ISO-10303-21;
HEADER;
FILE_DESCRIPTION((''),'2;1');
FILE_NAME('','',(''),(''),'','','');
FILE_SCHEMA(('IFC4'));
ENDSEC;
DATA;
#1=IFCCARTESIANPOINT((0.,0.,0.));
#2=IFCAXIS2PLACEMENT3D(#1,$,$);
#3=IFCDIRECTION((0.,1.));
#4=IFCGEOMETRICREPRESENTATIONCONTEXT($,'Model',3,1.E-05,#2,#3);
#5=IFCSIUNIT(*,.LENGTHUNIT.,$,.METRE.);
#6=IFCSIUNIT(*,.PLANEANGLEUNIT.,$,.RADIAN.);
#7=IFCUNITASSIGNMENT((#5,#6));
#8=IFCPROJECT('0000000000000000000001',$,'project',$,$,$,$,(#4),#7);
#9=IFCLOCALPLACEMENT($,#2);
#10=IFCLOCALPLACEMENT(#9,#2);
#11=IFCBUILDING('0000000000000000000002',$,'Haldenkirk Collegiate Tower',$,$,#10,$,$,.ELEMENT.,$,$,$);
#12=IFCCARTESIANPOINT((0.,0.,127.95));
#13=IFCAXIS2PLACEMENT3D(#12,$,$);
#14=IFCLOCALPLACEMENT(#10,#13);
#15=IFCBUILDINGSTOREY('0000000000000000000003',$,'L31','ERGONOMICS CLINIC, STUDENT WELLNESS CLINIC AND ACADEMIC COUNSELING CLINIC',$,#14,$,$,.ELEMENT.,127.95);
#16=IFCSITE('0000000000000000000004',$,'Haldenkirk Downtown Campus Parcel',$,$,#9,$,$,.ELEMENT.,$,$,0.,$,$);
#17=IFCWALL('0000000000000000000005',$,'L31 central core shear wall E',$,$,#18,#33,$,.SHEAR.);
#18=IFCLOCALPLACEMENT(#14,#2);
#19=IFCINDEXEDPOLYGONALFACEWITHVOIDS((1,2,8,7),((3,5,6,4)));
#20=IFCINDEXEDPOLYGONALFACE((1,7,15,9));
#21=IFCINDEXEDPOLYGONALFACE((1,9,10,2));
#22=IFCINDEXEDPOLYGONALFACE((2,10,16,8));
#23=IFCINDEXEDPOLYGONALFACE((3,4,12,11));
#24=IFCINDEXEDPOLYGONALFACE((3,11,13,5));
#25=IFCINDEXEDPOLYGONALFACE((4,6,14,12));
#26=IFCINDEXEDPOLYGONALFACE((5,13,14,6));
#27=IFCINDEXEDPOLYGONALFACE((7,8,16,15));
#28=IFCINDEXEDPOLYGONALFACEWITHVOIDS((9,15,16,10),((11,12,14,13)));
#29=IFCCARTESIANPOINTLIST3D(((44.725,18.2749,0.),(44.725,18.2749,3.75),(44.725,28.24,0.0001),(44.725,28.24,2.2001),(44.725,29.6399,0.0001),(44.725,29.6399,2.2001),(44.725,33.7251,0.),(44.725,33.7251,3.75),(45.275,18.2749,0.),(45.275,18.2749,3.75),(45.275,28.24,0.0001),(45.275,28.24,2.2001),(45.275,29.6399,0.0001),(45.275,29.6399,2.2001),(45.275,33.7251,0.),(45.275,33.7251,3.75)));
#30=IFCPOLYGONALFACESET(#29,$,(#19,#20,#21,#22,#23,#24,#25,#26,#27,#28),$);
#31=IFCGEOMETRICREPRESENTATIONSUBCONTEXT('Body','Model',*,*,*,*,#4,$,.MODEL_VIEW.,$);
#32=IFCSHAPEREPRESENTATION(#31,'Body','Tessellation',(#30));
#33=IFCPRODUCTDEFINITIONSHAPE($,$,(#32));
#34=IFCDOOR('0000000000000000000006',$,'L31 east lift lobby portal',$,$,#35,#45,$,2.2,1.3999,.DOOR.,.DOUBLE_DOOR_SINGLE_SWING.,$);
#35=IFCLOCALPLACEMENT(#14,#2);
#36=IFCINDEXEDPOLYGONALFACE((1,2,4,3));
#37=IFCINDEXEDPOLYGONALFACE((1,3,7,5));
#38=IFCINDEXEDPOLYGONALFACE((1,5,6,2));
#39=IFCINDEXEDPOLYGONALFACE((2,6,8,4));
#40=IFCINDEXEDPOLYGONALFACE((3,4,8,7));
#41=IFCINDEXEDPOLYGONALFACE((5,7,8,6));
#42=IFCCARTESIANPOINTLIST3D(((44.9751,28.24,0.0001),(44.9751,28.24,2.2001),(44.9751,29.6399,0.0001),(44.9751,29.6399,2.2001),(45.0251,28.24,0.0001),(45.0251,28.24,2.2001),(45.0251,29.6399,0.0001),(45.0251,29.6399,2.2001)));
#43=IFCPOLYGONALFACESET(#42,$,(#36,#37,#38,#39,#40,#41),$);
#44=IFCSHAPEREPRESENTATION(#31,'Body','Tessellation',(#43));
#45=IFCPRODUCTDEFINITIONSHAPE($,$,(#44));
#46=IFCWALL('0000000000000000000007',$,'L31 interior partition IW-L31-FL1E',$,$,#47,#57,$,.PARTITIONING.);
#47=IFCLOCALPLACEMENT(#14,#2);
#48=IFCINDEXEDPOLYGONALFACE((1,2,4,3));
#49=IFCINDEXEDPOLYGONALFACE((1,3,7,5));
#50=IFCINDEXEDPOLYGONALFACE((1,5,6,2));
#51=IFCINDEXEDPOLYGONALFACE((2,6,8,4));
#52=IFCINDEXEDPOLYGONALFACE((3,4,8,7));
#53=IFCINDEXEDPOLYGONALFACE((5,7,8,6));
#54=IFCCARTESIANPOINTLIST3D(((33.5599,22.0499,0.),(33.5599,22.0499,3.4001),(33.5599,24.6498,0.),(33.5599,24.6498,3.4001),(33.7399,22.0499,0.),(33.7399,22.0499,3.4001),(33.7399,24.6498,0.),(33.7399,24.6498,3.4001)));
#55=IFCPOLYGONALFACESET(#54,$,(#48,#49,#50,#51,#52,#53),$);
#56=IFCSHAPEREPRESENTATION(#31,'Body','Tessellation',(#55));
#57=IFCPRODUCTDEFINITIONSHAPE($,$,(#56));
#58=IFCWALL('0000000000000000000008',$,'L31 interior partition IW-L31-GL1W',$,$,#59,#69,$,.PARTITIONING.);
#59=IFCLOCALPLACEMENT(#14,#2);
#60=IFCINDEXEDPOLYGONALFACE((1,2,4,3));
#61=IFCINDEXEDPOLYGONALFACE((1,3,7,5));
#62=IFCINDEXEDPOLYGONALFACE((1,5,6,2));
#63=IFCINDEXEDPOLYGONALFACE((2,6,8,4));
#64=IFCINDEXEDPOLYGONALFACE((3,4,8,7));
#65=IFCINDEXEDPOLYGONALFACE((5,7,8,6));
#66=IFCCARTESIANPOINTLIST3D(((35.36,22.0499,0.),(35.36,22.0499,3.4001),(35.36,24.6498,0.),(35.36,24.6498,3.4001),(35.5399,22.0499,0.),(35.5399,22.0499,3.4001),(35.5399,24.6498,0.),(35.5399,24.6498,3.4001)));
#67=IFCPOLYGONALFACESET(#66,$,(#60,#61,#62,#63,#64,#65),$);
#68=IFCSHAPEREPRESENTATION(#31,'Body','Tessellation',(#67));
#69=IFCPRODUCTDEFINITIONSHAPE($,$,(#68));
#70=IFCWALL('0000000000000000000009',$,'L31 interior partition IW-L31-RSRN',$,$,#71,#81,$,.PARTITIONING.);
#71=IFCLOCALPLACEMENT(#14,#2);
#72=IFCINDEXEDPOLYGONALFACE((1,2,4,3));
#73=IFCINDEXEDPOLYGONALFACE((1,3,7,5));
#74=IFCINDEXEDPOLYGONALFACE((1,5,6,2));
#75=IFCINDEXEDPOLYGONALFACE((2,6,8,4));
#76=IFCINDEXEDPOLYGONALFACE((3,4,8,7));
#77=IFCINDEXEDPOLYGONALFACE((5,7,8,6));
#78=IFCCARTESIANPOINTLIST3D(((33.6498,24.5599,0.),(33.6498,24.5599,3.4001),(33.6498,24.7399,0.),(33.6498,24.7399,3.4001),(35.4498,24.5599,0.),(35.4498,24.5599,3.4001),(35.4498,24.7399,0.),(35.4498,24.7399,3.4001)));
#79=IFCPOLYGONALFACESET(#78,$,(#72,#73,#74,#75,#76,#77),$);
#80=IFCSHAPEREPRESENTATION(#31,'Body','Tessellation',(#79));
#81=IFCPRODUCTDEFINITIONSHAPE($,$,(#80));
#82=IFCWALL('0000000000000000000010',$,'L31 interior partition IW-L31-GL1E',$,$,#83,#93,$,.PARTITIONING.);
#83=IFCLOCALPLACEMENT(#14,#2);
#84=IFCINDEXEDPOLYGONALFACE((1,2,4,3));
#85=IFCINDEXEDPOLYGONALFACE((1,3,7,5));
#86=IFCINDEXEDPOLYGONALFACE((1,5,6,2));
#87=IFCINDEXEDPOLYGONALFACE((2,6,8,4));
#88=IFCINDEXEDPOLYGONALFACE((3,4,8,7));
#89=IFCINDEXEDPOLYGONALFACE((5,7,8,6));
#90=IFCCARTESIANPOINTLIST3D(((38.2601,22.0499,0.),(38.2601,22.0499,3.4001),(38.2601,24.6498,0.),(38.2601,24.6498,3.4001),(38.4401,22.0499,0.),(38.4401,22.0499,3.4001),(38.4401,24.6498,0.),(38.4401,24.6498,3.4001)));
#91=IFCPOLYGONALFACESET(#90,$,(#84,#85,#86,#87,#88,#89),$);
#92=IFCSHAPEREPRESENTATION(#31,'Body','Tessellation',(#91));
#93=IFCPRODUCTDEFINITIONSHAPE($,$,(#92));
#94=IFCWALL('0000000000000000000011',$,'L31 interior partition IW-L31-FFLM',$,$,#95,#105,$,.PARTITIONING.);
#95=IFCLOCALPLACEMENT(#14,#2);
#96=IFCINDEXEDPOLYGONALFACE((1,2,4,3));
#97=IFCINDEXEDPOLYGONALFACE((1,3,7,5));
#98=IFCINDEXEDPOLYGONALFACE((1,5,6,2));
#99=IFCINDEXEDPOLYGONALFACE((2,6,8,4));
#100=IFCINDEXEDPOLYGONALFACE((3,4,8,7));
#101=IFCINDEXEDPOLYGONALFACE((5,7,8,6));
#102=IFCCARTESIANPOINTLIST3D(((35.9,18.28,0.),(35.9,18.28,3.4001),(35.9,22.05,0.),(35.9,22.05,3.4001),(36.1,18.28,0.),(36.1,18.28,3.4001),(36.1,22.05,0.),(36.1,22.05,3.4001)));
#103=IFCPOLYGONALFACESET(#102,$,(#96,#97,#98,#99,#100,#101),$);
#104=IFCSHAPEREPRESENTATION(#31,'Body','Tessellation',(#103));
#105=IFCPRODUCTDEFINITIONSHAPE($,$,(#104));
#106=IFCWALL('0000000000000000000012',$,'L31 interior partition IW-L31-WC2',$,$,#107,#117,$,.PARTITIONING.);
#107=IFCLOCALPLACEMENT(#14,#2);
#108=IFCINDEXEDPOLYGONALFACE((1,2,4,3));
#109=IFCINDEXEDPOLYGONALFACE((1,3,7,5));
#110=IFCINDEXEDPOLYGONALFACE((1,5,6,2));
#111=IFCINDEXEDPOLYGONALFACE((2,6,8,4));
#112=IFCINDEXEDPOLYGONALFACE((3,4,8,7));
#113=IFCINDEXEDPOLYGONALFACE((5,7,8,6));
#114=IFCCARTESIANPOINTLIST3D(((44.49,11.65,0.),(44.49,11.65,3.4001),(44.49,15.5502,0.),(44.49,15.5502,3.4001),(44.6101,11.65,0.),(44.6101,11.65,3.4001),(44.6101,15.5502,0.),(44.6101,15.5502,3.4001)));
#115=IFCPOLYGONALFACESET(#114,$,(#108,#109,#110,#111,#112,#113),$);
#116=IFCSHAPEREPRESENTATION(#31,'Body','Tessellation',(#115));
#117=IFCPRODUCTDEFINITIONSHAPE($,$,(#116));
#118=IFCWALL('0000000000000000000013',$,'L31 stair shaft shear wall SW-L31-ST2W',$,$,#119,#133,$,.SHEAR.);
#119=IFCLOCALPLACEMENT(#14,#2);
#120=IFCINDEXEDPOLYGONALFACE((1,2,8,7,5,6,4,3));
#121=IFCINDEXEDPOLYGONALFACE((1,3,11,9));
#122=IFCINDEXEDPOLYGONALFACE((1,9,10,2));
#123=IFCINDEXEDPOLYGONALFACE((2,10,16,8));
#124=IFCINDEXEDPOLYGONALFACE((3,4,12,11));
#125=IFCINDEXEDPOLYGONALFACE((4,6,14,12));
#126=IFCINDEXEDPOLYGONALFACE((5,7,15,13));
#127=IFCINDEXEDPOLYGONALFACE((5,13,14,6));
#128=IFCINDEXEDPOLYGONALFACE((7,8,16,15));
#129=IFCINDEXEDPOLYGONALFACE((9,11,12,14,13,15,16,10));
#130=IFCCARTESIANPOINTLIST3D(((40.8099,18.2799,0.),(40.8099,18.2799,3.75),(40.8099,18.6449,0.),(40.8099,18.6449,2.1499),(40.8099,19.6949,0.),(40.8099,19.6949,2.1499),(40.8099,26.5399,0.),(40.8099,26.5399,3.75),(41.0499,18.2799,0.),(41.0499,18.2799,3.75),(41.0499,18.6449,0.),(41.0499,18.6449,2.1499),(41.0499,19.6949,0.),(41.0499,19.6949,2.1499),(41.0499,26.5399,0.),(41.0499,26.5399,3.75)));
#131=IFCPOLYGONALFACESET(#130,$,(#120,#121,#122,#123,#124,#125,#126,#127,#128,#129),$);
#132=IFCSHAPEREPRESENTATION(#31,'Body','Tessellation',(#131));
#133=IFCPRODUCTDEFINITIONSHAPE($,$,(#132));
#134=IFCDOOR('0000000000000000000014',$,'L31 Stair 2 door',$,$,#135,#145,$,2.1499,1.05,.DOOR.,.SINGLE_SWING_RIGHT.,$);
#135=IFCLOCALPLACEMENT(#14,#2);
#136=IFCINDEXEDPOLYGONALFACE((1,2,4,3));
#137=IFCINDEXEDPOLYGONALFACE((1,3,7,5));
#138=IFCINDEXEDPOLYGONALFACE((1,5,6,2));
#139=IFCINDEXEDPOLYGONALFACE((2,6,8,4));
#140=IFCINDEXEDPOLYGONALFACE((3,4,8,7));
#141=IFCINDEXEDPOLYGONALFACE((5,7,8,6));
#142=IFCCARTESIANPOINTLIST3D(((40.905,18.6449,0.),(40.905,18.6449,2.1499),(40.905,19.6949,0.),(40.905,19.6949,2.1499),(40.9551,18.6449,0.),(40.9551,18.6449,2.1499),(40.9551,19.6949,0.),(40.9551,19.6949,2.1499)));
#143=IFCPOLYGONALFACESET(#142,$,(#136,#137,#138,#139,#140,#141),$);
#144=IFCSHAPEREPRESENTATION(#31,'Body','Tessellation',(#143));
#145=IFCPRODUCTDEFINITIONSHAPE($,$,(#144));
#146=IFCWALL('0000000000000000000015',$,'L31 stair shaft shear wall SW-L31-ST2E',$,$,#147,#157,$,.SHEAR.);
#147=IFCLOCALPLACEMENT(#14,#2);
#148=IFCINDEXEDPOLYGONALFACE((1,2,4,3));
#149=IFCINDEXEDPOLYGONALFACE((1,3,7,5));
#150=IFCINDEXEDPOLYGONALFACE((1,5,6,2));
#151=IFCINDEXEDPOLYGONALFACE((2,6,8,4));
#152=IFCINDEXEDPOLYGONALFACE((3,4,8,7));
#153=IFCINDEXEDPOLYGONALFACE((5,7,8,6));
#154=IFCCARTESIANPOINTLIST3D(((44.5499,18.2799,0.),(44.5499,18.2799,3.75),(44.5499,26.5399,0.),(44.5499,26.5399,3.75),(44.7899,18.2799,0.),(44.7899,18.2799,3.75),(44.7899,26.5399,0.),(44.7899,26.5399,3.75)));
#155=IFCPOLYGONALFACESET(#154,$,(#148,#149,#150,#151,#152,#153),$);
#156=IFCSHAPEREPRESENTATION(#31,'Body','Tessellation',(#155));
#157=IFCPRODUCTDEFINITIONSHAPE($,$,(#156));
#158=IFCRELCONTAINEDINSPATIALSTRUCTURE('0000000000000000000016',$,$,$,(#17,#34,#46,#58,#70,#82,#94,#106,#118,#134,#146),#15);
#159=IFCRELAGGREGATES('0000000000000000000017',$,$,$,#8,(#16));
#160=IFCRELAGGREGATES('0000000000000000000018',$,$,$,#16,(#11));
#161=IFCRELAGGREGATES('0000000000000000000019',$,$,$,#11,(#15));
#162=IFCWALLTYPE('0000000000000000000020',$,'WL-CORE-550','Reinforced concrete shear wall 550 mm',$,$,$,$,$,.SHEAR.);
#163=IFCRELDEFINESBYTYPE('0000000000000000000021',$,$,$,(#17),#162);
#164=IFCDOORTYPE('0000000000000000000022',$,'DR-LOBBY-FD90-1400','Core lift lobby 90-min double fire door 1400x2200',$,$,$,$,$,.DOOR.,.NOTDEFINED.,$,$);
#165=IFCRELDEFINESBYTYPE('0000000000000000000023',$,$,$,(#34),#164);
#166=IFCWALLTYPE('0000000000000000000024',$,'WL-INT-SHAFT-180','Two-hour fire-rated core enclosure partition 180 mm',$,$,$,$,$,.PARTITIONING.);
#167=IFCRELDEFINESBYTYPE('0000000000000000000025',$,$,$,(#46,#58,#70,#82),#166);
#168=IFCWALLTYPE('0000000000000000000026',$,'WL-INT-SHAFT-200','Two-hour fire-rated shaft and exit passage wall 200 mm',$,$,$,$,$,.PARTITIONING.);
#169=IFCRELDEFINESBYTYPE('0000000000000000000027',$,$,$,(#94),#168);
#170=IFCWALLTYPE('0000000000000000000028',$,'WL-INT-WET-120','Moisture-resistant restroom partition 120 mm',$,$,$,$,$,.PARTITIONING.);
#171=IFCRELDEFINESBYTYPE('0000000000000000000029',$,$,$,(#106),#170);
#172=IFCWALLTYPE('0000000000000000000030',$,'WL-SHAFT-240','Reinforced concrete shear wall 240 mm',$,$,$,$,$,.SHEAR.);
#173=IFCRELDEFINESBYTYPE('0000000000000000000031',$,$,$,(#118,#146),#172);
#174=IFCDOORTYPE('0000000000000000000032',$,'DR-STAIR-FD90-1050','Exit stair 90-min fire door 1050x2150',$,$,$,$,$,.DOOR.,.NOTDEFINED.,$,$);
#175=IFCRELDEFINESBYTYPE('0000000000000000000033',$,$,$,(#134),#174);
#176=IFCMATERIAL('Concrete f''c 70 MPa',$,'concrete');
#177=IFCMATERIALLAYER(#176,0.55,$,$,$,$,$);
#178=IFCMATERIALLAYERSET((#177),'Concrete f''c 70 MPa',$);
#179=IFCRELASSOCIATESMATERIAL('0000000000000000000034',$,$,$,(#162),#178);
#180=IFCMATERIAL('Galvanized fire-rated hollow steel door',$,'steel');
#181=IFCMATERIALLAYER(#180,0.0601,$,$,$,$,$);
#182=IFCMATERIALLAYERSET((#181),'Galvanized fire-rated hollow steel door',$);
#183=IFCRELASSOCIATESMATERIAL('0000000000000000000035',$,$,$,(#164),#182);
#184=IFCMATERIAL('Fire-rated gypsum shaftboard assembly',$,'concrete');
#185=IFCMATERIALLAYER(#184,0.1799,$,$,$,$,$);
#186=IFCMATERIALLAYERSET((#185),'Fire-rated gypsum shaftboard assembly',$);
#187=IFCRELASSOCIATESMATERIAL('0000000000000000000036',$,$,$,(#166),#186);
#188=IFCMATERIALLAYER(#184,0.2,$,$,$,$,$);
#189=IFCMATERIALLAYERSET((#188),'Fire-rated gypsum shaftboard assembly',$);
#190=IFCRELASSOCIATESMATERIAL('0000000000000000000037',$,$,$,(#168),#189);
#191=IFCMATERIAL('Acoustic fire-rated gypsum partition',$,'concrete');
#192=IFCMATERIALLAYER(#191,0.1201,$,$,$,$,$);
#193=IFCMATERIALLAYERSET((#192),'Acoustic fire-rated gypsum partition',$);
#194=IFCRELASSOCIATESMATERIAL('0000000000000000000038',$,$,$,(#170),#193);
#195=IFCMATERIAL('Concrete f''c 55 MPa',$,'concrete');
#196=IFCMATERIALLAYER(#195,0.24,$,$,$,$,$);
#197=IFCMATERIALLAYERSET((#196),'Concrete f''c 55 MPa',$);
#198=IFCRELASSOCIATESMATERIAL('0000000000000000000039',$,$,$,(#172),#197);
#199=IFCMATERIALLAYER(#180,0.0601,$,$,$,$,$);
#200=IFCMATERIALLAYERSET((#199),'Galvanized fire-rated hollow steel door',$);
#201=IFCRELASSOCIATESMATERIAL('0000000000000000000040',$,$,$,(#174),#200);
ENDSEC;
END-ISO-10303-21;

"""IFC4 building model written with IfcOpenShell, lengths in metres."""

from ifc_helpers import new_model, si_unit, direction, frame, frame_2d, origin, place, context, subcontext, project, spatial, rectangle, extrude, material, layer, layer_set, type_object, element, fill, save


model = new_model("IFC4")

# Units and contexts
model_context = context("Model", 3, precision=1e-05, world=origin(), true_north=direction((0.0, 1.0)))
body_context = subcontext(model_context, "Body", "Model", "MODEL_VIEW")
ifc_project = project(units=[si_unit("LENGTHUNIT", "METRE"), si_unit("PLANEANGLEUNIT", "RADIAN")], contexts=[model_context])

# Site, building, storey
site_placement = place(None, origin())
site = spatial("IfcSite", under=ifc_project, at=site_placement, Name="Haldenkirk Downtown Campus Parcel", CompositionType="ELEMENT", RefElevation=0.0)
building_placement = place(site_placement, origin())
building = spatial("IfcBuilding", under=site, at=building_placement, Name="Haldenkirk Collegiate Tower", CompositionType="ELEMENT")
storey_placement = place(building_placement, frame((0.0, 0.0, 127.95)))
storey = spatial("IfcBuildingStorey", under=building, at=storey_placement, Name="L31", Description="ERGONOMICS CLINIC, STUDENT WELLNESS CLINIC AND ACADEMIC COUNSELING CLINIC", CompositionType="ELEMENT", Elevation=127.95)

# Wall, opening, door
ifc_material_1 = material(Name="Concrete f'c 70 MPa", Category="concrete")
ifc_layer_1 = layer(ifc_material_1, 0.55)
ifc_layer_set_1 = layer_set([ifc_layer_1], Name="Concrete f'c 70 MPa")
wall_type_1 = type_object("IfcWallType", Name="WL-CORE-550", Description="Reinforced concrete shear wall 550 mm", PredefinedType="SHEAR", material=ifc_layer_set_1)
wall_1_placement = place(storey_placement, frame((45.0, 18.2749, 0.0), z_axis=(0.0, 0.0, 1.0), x_axis=(0.0, 1.0, 0.0)))
wall_1 = element("IfcWall", 1, at=wall_1_placement, inside=storey, type_object=wall_type_1, Name="L31 central core shear wall E", PredefinedType="SHEAR", context=body_context, shape_type="SweptSolid", body=[
    extrude(rectangle(XDim=15.4502, YDim=0.55, at=frame_2d((7.7251, 0.0))), origin(), (0.0, 0.0, 1.0), 3.75),
])
opening_1_placement = place(wall_1_placement, frame((9.9651, 0.0, 0.0)))
opening_1 = element("IfcOpeningElement", 2, at=opening_1_placement, cuts=wall_1, PredefinedType="OPENING", context=body_context, shape_type="SweptSolid", body=[
    extrude(rectangle(XDim=1.3999, YDim=2.2, at=frame_2d((0.7, 1.1001))), frame((0.0, 0.2849, 0.0), z_axis=(0.0, -1.0, 0.0), x_axis=(1.0, 0.0, 0.0)), (0.0, 0.0, 1.0), 0.5701),
])
ifc_material_2 = material(Name="Galvanized fire-rated hollow steel door", Category="steel")
ifc_layer_2 = layer(ifc_material_2, 0.0601)
ifc_layer_set_2 = layer_set([ifc_layer_2], Name="Galvanized fire-rated hollow steel door")
door_type_1 = type_object("IfcDoorType", Name="DR-LOBBY-FD90-1400", Description="Core lift lobby 90-min double fire door 1400x2200", OperationType="NOTDEFINED", PredefinedType="DOOR", material=ifc_layer_set_2)
door_1_placement = place(opening_1_placement, origin())
door_1 = element("IfcDoor", 3, at=door_1_placement, inside=storey, type_object=door_type_1, Name="L31 east lift lobby portal", OperationType="DOUBLE_DOOR_SINGLE_SWING", OverallHeight=2.2, OverallWidth=1.3999, PredefinedType="DOOR", context=body_context, shape_type="SweptSolid", body=[
    extrude(rectangle(XDim=1.3999, YDim=2.2, at=frame_2d((0.7, 1.1001))), frame((0.0, 0.0249, 0.0), z_axis=(0.0, -1.0, 0.0), x_axis=(1.0, 0.0, 0.0)), (0.0, 0.0, 1.0), 0.05),
])
fill(opening_1, door_1)

# Walls
ifc_material_3 = material(Name="Fire-rated gypsum shaftboard assembly", Category="concrete")
ifc_layer_3 = layer(ifc_material_3, 0.1799)
ifc_layer_set_3 = layer_set([ifc_layer_3], Name="Fire-rated gypsum shaftboard assembly")
wall_type_2 = type_object("IfcWallType", Name="WL-INT-SHAFT-180", Description="Two-hour fire-rated core enclosure partition 180 mm", PredefinedType="PARTITIONING", material=ifc_layer_set_3)
for number, where, z_axis, x_axis, name in (
    (4, (33.6499, 22.05, 0.0), (0.0, 0.0, 1.0), (0.0, 1.0, 0.0), "L31 interior partition IW-L31-FL1E"),
    (5, (35.45, 22.05, 0.0), (0.0, 0.0, 1.0), (0.0, 1.0, 0.0), "L31 interior partition IW-L31-GL1W"),
):
    element("IfcWall", number, at=place(storey_placement, frame(where, z_axis=z_axis, x_axis=x_axis)), inside=storey, type_object=wall_type_2, Name=name, PredefinedType="PARTITIONING", context=body_context, shape_type="SweptSolid", body=[
        extrude(rectangle(XDim=2.5999, YDim=0.1799, at=frame_2d((1.2998, 0.0))), origin(), (0.0, 0.0, 1.0), 3.4001),
    ])
wall_2_placement = place(storey_placement, frame((33.6499, 24.6499, 0.0), z_axis=(0.0, 0.0, 1.0), x_axis=(1.0, 0.0, 0.0)))
element("IfcWall", 6, at=wall_2_placement, inside=storey, type_object=wall_type_2, Name="L31 interior partition IW-L31-RSRN", PredefinedType="PARTITIONING", context=body_context, shape_type="SweptSolid", body=[
    extrude(rectangle(XDim=1.8, YDim=0.1799, at=frame_2d((0.8999, 0.0))), origin(), (0.0, 0.0, 1.0), 3.4001),
])
wall_3_placement = place(storey_placement, frame((38.3501, 22.05, 0.0), z_axis=(0.0, 0.0, 1.0), x_axis=(0.0, 1.0, 0.0)))
element("IfcWall", 7, at=wall_3_placement, inside=storey, type_object=wall_type_2, Name="L31 interior partition IW-L31-GL1E", PredefinedType="PARTITIONING", context=body_context, shape_type="SweptSolid", body=[
    extrude(rectangle(XDim=2.5999, YDim=0.1799, at=frame_2d((1.2998, 0.0))), origin(), (0.0, 0.0, 1.0), 3.4001),
])
ifc_layer_4 = layer(ifc_material_3, 0.2)
ifc_layer_set_4 = layer_set([ifc_layer_4], Name="Fire-rated gypsum shaftboard assembly")
wall_type_3 = type_object("IfcWallType", Name="WL-INT-SHAFT-200", Description="Two-hour fire-rated shaft and exit passage wall 200 mm", PredefinedType="PARTITIONING", material=ifc_layer_set_4)
wall_4_placement = place(storey_placement, frame((36.0, 18.28, 0.0), z_axis=(0.0, 0.0, 1.0), x_axis=(0.0, 1.0, 0.0)))
element("IfcWall", 8, at=wall_4_placement, inside=storey, type_object=wall_type_3, Name="L31 interior partition IW-L31-FFLM", PredefinedType="PARTITIONING", context=body_context, shape_type="SweptSolid", body=[
    extrude(rectangle(XDim=3.77, YDim=0.2, at=frame_2d((1.885, 0.0))), origin(), (0.0, 0.0, 1.0), 3.4001),
])

# Wall
ifc_material_4 = material(Name="Acoustic fire-rated gypsum partition", Category="concrete")
ifc_layer_5 = layer(ifc_material_4, 0.1201)
ifc_layer_set_5 = layer_set([ifc_layer_5], Name="Acoustic fire-rated gypsum partition")
wall_type_4 = type_object("IfcWallType", Name="WL-INT-WET-120", Description="Moisture-resistant restroom partition 120 mm", PredefinedType="PARTITIONING", material=ifc_layer_set_5)
wall_5_placement = place(storey_placement, frame((44.55, 11.6499, 0.0), z_axis=(0.0, 0.0, 1.0), x_axis=(0.0, 1.0, 0.0)))
element("IfcWall", 9, at=wall_5_placement, inside=storey, type_object=wall_type_4, Name="L31 interior partition IW-L31-WC2", PredefinedType="PARTITIONING", context=body_context, shape_type="SweptSolid", body=[
    extrude(rectangle(XDim=3.9001, YDim=0.1201, at=frame_2d((1.9502, 0.0))), origin(), (0.0, 0.0, 1.0), 3.4001),
])

# Wall, opening, door
ifc_material_5 = material(Name="Concrete f'c 55 MPa", Category="concrete")
ifc_layer_6 = layer(ifc_material_5, 0.24)
ifc_layer_set_6 = layer_set([ifc_layer_6], Name="Concrete f'c 55 MPa")
wall_type_5 = type_object("IfcWallType", Name="WL-SHAFT-240", Description="Reinforced concrete shear wall 240 mm", PredefinedType="SHEAR", material=ifc_layer_set_6)
wall_6_placement = place(storey_placement, frame((40.9299, 18.28, 0.0), z_axis=(0.0, 0.0, 1.0), x_axis=(0.0, 1.0, 0.0)))
wall_6 = element("IfcWall", 10, at=wall_6_placement, inside=storey, type_object=wall_type_5, Name="L31 stair shaft shear wall SW-L31-ST2W", PredefinedType="SHEAR", context=body_context, shape_type="SweptSolid", body=[
    extrude(rectangle(XDim=8.26, YDim=0.24, at=frame_2d((4.1299, 0.0))), origin(), (0.0, 0.0, 1.0), 3.75),
])
opening_2_placement = place(wall_6_placement, frame((0.365, 0.0, 0.0)))
opening_2 = element("IfcOpeningElement", 11, at=opening_2_placement, cuts=wall_6, PredefinedType="OPENING", context=body_context, shape_type="SweptSolid", body=[
    extrude(rectangle(XDim=1.05, YDim=2.1499, at=frame_2d((0.5249, 1.075))), frame((0.0, 0.1299, 0.0), z_axis=(0.0, -1.0, 0.0), x_axis=(1.0, 0.0, 0.0)), (0.0, 0.0, 1.0), 0.26),
])
ifc_layer_7 = layer(ifc_material_2, 0.0601)
ifc_layer_set_7 = layer_set([ifc_layer_7], Name="Galvanized fire-rated hollow steel door")
door_type_2 = type_object("IfcDoorType", Name="DR-STAIR-FD90-1050", Description="Exit stair 90-min fire door 1050x2150", OperationType="NOTDEFINED", PredefinedType="DOOR", material=ifc_layer_set_7)
door_2_placement = place(opening_2_placement, origin())
door_2 = element("IfcDoor", 12, at=door_2_placement, inside=storey, type_object=door_type_2, Name="L31 Stair 2 door", OperationType="SINGLE_SWING_RIGHT", OverallHeight=2.1499, OverallWidth=1.05, PredefinedType="DOOR", context=body_context, shape_type="SweptSolid", body=[
    extrude(rectangle(XDim=1.05, YDim=2.1499, at=frame_2d((0.5249, 1.075))), frame((0.0, 0.0249, 0.0), z_axis=(0.0, -1.0, 0.0), x_axis=(1.0, 0.0, 0.0)), (0.0, 0.0, 1.0), 0.05),
])
fill(opening_2, door_2)

# Wall
wall_7_placement = place(storey_placement, frame((44.6699, 18.28, 0.0), z_axis=(0.0, 0.0, 1.0), x_axis=(0.0, 1.0, 0.0)))
element("IfcWall", 13, at=wall_7_placement, inside=storey, type_object=wall_type_5, Name="L31 stair shaft shear wall SW-L31-ST2E", PredefinedType="SHEAR", context=body_context, shape_type="SweptSolid", body=[
    extrude(rectangle(XDim=8.26, YDim=0.24, at=frame_2d((4.1299, 0.0))), origin(), (0.0, 0.0, 1.0), 3.75),
])

save(model, "model.ifc")
